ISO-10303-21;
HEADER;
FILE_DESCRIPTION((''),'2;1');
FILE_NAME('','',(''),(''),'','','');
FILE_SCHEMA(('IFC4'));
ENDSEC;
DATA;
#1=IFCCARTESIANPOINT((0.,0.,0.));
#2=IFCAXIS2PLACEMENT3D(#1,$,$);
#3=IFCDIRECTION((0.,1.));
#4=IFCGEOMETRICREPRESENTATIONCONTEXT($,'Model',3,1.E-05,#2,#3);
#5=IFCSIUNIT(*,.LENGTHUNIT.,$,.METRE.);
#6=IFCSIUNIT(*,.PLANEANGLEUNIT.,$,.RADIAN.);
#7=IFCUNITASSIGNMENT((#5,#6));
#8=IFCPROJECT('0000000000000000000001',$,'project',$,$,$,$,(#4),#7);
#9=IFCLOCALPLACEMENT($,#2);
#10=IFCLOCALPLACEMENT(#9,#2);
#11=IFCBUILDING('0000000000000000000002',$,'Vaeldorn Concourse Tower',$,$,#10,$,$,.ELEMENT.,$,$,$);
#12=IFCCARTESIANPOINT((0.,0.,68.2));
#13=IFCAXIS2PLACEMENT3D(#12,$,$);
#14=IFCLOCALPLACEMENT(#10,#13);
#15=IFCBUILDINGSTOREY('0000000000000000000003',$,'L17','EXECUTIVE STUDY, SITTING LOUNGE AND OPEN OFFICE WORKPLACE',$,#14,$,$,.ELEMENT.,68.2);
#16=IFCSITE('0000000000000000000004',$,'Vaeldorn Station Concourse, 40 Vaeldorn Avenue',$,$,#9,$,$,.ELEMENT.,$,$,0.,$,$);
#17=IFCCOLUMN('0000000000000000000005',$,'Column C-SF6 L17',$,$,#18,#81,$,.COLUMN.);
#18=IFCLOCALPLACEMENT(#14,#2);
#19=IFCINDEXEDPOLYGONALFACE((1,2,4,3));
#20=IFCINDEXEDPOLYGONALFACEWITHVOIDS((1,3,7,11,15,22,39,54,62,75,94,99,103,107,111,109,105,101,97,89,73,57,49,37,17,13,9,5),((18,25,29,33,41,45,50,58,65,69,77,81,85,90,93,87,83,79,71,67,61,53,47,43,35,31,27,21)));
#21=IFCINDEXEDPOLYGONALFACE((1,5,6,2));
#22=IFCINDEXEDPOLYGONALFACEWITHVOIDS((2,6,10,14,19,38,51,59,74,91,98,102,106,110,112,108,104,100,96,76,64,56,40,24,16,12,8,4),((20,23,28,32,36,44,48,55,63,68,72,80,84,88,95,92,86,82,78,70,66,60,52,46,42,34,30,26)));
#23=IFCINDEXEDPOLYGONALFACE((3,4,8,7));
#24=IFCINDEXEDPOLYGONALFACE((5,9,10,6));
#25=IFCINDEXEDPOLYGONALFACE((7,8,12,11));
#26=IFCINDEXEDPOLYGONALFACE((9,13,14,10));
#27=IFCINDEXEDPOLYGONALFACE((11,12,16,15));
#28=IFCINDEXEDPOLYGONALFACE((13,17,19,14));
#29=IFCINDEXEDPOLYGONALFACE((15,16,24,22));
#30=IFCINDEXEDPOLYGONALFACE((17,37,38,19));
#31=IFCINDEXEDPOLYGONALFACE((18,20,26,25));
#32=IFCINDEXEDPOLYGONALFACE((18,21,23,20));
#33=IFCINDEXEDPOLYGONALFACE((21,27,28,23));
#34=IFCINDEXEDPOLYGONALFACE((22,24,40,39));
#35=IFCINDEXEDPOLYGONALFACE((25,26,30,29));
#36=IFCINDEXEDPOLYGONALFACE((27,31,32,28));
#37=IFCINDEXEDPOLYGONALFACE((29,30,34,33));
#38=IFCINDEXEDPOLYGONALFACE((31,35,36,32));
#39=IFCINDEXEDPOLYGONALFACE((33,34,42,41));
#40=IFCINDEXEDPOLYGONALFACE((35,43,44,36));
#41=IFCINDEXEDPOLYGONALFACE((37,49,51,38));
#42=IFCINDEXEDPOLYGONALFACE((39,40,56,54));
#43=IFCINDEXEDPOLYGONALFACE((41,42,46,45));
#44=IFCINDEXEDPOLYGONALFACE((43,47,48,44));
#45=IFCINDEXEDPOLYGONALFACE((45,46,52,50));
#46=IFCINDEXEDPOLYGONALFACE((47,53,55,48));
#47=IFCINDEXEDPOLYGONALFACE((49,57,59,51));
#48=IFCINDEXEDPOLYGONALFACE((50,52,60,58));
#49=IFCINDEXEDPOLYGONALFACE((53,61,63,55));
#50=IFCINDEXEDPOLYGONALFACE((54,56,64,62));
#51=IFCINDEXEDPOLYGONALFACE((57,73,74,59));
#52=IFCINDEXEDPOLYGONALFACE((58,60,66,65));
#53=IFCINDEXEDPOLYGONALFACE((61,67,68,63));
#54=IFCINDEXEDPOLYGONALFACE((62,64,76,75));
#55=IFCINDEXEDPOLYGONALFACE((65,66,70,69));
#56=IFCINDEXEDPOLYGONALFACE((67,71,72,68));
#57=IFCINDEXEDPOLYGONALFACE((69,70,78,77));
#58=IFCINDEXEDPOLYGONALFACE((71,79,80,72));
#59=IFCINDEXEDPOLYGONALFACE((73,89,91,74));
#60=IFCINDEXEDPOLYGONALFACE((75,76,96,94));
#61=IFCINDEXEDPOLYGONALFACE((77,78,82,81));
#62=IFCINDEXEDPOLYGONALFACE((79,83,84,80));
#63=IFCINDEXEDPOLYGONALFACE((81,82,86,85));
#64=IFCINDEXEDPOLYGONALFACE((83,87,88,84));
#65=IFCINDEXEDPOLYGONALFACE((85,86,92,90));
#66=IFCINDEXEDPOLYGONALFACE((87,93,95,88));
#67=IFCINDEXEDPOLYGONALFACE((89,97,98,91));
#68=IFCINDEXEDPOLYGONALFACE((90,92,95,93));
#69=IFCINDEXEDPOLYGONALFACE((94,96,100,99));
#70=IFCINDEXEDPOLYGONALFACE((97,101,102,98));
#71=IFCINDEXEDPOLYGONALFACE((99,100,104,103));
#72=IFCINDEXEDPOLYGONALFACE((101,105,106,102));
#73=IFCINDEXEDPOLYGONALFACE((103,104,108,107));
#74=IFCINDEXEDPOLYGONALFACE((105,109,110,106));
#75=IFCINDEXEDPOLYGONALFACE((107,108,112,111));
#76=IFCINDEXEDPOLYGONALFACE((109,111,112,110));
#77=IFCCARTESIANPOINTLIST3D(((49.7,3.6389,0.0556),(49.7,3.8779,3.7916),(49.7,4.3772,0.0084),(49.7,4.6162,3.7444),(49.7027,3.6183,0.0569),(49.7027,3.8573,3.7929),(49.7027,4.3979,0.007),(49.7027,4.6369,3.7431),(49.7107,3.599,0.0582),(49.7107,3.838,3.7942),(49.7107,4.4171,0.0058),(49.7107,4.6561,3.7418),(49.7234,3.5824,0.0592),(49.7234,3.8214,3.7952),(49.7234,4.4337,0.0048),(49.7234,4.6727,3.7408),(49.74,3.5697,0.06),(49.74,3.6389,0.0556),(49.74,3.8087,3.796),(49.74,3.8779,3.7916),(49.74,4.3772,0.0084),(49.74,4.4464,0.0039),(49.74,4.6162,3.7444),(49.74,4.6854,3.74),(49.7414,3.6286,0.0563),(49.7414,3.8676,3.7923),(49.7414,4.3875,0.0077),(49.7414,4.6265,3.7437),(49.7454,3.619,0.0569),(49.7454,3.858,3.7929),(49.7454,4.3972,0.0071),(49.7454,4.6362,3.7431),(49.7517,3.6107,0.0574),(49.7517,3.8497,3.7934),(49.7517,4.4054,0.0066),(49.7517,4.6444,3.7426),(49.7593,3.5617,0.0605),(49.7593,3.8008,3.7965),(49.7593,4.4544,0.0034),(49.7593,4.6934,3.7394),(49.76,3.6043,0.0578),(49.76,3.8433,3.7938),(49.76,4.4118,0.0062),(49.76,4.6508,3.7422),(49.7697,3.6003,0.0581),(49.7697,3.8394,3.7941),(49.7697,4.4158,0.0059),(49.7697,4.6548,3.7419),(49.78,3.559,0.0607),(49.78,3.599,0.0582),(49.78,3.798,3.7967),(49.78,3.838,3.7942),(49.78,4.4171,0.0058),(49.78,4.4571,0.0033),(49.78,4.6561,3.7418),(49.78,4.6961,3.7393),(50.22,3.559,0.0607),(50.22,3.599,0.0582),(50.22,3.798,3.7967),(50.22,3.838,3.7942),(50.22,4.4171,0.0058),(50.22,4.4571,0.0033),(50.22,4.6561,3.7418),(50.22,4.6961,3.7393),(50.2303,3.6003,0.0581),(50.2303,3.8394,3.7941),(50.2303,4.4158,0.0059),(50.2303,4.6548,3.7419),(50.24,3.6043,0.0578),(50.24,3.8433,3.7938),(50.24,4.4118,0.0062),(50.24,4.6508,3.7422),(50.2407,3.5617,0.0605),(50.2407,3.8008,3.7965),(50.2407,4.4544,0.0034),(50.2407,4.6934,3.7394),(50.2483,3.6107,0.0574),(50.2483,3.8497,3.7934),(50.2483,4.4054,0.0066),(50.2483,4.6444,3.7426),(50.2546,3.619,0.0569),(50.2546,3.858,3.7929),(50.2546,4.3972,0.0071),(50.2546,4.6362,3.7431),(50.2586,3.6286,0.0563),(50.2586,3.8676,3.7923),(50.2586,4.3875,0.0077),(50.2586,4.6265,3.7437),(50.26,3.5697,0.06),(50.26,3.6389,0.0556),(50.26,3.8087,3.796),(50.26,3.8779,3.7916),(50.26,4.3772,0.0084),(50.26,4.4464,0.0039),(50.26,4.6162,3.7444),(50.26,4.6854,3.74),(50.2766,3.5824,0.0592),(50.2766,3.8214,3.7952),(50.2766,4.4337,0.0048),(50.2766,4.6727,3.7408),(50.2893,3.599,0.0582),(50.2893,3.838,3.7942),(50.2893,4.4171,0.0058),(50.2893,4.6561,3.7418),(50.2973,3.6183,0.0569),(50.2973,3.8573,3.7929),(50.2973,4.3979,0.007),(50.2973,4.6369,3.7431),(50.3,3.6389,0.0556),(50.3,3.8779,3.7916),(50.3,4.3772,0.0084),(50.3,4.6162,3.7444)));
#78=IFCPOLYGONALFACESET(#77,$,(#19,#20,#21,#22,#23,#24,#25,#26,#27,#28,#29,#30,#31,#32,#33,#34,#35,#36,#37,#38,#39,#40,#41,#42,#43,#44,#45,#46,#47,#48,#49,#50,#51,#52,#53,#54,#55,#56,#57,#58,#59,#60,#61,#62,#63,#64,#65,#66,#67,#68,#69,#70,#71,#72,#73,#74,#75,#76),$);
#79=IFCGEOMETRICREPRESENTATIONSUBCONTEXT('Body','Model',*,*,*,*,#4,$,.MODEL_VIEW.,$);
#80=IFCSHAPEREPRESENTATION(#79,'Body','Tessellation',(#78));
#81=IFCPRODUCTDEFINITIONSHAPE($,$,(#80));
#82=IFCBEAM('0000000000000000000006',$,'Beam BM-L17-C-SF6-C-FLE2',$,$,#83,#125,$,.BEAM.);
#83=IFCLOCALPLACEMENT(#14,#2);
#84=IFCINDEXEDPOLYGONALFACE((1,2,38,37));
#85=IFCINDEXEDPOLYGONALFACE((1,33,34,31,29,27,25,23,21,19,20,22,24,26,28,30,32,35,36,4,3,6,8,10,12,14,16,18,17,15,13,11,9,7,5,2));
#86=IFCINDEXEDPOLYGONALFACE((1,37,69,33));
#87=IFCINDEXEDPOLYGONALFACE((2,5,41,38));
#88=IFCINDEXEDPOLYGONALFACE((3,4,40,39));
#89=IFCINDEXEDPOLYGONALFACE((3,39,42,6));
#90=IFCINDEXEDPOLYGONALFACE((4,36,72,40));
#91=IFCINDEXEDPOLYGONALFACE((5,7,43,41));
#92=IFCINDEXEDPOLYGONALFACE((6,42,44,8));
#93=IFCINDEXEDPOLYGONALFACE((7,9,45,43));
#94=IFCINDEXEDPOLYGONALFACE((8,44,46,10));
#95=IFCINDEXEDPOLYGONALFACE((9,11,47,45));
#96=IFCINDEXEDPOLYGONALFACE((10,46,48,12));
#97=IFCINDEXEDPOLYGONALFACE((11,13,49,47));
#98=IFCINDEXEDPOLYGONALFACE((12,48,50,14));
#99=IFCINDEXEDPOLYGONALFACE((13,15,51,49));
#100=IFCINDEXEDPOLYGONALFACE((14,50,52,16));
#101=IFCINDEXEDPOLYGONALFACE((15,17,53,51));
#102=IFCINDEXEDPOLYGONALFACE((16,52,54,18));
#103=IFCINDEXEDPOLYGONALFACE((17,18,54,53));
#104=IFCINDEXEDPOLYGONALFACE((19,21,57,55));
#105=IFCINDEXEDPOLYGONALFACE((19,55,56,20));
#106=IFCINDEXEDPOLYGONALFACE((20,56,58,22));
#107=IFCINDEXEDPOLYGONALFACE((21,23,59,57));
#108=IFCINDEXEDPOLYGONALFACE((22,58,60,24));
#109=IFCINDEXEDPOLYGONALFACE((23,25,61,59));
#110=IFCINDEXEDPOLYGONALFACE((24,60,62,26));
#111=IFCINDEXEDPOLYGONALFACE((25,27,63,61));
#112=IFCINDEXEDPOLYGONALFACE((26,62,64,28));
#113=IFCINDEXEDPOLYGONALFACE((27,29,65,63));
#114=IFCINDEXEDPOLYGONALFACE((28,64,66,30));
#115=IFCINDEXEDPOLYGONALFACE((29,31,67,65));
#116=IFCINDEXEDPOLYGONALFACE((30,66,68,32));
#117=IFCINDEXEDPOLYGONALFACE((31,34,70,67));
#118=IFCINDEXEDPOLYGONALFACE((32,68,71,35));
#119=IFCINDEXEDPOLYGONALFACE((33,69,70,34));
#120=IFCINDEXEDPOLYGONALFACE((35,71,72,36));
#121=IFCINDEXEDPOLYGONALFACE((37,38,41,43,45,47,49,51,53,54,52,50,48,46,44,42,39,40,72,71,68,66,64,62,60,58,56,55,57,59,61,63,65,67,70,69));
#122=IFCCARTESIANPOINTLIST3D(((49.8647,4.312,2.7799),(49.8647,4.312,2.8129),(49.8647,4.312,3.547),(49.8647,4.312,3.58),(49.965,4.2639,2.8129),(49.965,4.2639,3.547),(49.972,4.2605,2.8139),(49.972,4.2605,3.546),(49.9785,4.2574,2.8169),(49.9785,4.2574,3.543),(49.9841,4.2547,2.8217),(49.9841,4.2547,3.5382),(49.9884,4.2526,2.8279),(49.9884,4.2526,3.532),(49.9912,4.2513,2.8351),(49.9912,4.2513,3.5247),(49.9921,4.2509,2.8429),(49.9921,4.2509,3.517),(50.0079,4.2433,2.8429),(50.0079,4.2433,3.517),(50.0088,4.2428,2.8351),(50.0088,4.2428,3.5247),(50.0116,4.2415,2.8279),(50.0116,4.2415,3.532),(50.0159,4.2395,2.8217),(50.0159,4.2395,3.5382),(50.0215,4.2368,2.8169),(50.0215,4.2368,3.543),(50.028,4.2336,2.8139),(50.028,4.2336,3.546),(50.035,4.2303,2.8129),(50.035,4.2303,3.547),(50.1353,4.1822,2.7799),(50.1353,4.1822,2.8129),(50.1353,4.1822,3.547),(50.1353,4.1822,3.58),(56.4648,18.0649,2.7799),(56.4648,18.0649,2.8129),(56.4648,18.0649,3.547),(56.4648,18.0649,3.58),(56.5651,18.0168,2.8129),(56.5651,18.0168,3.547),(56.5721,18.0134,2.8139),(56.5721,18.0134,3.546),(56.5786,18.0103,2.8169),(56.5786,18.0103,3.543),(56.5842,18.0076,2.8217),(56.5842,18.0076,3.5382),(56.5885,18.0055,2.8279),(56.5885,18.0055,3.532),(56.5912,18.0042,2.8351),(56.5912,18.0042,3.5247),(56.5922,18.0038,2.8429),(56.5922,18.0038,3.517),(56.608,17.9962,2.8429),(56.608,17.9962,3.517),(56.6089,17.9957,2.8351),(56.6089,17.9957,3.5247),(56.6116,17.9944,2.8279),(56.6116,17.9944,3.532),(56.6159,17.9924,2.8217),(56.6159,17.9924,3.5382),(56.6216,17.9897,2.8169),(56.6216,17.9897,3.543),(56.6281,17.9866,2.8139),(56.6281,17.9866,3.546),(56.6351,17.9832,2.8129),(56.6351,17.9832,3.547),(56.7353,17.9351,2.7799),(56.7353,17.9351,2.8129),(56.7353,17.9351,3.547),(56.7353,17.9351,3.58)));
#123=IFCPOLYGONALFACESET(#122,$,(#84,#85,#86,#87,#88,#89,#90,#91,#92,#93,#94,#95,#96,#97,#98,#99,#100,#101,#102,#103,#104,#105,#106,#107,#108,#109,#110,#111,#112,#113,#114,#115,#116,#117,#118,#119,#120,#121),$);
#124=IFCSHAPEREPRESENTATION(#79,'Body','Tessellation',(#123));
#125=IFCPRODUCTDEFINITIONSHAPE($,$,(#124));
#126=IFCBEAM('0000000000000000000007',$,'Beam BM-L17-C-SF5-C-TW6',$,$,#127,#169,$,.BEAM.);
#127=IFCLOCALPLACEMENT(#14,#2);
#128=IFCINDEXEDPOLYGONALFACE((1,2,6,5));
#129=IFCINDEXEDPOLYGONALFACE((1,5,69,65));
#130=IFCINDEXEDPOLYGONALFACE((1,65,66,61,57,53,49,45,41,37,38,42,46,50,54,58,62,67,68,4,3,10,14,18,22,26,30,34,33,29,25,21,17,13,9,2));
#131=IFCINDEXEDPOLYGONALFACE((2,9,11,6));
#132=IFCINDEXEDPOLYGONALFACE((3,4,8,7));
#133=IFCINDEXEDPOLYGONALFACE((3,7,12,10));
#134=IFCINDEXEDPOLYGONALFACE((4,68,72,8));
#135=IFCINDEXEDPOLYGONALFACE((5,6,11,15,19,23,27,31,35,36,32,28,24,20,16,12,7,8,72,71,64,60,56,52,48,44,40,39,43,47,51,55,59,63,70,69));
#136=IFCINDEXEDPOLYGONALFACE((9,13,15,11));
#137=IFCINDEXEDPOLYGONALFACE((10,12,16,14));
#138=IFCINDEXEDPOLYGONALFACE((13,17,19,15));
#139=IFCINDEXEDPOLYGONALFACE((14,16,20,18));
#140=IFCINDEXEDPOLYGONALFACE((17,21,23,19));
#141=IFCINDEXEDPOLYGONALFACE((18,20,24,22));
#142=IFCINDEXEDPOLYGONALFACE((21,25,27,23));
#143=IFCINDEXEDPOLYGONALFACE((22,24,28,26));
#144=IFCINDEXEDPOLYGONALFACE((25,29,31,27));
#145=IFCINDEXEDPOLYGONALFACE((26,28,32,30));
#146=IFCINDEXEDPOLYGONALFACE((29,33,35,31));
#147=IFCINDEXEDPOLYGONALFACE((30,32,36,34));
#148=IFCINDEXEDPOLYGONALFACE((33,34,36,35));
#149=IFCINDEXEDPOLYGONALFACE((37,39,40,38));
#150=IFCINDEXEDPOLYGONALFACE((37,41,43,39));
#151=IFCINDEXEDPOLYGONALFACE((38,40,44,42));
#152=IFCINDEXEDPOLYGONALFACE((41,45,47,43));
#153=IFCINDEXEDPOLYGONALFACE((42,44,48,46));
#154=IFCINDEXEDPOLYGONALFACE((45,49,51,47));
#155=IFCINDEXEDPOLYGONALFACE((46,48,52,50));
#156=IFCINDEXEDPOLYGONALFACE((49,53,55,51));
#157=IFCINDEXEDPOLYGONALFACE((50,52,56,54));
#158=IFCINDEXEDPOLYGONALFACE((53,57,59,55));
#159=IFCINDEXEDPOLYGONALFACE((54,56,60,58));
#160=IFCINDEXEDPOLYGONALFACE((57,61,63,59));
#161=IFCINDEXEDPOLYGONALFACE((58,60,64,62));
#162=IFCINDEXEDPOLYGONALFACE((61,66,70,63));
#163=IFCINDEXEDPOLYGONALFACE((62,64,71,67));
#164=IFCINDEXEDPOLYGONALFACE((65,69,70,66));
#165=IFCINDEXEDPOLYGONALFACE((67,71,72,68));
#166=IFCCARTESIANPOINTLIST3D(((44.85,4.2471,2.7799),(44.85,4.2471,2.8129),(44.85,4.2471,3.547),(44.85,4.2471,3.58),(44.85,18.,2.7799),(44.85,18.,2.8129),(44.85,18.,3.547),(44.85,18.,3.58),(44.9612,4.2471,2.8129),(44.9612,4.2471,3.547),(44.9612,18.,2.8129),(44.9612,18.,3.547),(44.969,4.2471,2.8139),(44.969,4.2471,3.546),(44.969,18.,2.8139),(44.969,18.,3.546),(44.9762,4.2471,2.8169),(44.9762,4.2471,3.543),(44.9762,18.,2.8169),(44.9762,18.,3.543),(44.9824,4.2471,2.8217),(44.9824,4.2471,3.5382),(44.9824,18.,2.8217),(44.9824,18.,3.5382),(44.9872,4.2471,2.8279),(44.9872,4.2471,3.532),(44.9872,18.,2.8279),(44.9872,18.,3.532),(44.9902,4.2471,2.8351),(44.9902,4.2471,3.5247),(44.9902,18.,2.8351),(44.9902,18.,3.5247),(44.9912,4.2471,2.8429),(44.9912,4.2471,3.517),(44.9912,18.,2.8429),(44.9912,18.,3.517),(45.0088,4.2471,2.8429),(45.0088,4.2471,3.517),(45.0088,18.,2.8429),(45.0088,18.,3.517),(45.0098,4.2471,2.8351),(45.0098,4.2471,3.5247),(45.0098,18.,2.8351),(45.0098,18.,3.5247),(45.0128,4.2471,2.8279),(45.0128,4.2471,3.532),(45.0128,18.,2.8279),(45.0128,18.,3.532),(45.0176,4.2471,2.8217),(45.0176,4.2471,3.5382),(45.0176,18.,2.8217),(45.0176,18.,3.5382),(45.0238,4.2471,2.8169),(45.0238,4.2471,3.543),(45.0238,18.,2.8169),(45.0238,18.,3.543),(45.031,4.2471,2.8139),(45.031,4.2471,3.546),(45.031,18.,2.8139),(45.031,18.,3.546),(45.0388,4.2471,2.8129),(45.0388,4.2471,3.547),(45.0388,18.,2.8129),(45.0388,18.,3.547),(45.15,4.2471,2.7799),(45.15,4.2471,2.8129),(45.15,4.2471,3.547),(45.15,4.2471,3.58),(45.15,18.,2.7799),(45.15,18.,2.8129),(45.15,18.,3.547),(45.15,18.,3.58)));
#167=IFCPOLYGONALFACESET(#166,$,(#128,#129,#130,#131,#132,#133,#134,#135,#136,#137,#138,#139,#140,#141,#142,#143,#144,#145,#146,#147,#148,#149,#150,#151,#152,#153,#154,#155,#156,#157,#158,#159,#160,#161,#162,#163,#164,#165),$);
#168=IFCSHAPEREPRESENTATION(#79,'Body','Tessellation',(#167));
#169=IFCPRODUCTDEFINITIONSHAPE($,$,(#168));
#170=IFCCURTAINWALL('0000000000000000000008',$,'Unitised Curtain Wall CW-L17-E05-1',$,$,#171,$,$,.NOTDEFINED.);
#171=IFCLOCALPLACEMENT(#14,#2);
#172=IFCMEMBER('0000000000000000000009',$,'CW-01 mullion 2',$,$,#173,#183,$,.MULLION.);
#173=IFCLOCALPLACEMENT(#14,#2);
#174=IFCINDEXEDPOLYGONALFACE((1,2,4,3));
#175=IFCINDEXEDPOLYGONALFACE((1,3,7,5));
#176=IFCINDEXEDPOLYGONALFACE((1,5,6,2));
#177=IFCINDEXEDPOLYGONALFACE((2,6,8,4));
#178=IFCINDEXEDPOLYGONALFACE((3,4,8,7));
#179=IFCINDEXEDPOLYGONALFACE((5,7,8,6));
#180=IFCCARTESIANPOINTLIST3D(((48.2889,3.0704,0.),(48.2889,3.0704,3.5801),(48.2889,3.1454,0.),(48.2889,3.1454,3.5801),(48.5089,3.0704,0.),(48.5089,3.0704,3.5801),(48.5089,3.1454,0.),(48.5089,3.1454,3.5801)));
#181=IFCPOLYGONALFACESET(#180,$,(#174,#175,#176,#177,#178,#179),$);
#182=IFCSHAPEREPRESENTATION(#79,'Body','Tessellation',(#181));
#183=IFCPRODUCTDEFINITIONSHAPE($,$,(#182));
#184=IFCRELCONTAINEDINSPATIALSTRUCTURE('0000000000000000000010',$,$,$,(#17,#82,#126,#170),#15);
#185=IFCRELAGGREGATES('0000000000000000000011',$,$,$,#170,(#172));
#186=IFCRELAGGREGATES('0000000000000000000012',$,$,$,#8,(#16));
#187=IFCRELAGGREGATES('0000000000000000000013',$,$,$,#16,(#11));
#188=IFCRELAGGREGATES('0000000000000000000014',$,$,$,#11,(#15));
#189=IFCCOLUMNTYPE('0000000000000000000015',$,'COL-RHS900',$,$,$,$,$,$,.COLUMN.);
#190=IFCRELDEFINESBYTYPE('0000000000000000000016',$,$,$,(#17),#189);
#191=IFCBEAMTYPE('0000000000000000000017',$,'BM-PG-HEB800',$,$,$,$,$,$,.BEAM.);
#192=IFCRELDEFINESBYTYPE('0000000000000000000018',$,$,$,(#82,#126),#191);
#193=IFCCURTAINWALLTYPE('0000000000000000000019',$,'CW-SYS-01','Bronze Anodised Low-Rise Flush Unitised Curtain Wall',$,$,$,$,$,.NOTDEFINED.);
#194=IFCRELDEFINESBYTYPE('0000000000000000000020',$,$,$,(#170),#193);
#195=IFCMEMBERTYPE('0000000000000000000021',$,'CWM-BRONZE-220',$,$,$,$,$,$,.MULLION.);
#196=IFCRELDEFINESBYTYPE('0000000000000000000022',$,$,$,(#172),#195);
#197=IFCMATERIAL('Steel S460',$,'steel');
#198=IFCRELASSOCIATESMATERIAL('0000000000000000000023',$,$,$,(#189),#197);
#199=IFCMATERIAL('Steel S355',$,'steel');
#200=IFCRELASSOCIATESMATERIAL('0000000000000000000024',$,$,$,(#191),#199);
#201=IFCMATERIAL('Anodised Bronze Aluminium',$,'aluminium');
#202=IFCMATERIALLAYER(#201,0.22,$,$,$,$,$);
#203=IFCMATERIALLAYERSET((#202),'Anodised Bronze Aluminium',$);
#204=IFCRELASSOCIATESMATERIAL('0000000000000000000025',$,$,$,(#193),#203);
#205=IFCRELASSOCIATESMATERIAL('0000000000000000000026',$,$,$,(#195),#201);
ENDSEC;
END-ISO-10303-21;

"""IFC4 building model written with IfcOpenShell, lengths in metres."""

from ifc_helpers import new_model, si_unit, direction, frame, origin, origin_2d, place, context, subcontext, project, spatial, rectangle, hollow_rectangle, i_section, extrude, source, transform, mapped, material, layer, layer_set, material_profile, profile_set, type_object, element, aggregate, save


model = new_model("IFC4")

# Units and contexts
model_context = context("Model", 3, precision=1e-05, world=origin(), true_north=direction((0.0, 1.0)))
body_context = subcontext(model_context, "Body", "Model", "MODEL_VIEW")
ifc_project = project(units=[si_unit("LENGTHUNIT", "METRE"), si_unit("PLANEANGLEUNIT", "RADIAN")], contexts=[model_context])

# Site, building, storey
site_placement = place(None, origin())
site = spatial("IfcSite", under=ifc_project, at=site_placement, Name="Vaeldorn Station Concourse, 40 Vaeldorn Avenue", CompositionType="ELEMENT", RefElevation=0.0)
building_placement = place(site_placement, origin())
building = spatial("IfcBuilding", under=site, at=building_placement, Name="Vaeldorn Concourse Tower", CompositionType="ELEMENT")
storey_placement = place(building_placement, frame((0.0, 0.0, 68.2)))
storey = spatial("IfcBuildingStorey", under=building, at=storey_placement, Name="L17", Description="EXECUTIVE STUDY, SITTING LOUNGE AND OPEN OFFICE WORKPLACE", CompositionType="ELEMENT", Elevation=68.2)

# Column
ifc_material_1 = material(Name="Steel S460", Category="steel")
ifc_material_profile_1 = material_profile(ifc_material_1, hollow_rectangle(XDim=0.6001, YDim=0.8999, WallThickness=0.04, InnerFilletRadius=0.04, OuterFilletRadius=0.0801, at=origin_2d()), Name="RHS 900x600x40")
ifc_profile_set_1 = profile_set([ifc_material_profile_1], Name="Steel S460")
column_type = type_object("IfcColumnType", Name="COL-RHS900", PredefinedType="COLUMN", material=ifc_profile_set_1)
shared_shape_1 = source(origin(), body_context, "Body", "SweptSolid", [
    extrude(hollow_rectangle(XDim=0.6001, YDim=0.8999, WallThickness=0.04, InnerFilletRadius=0.04, OuterFilletRadius=0.0801, at=origin_2d()), origin(), (0.0, 0.0, 1.0), 3.7437),
])
column_placement = place(storey_placement, frame((50.0, 4.0081, 0.032), z_axis=(0.0, 0.063844, 0.99796), x_axis=(-1.0, 0.0, 0.0)))
element("IfcColumn", 1, at=column_placement, inside=storey, type_object=column_type, Name="Column C-SF6 L17", PredefinedType="COLUMN", context=body_context, shape_type="MappedRepresentation", body=[
    mapped(shared_shape_1, transform((0.0, 0.0, 0.0), scale=1.0)),
])

# Beams
ifc_material_2 = material(Name="Steel S355", Category="steel")
ifc_material_profile_2 = material_profile(ifc_material_2, i_section(OverallWidth=0.3, OverallDepth=0.8, WebThickness=0.0176, FlangeThickness=0.033, FilletRadius=0.03, at=origin_2d()), Name="HEB 800")
ifc_profile_set_2 = profile_set([ifc_material_profile_2], Name="Steel S355")
beam_type = type_object("IfcBeamType", Name="BM-PG-HEB800", PredefinedType="BEAM", material=ifc_profile_set_2)
shared_shape_2 = source(origin(), body_context, "Body", "SweptSolid", [
    extrude(i_section(OverallWidth=0.3, OverallDepth=0.8, WebThickness=0.0176, FlangeThickness=0.033, FilletRadius=0.03, at=origin_2d()), origin(), (0.0, 0.0, 1.0), 15.2546),
])
beam_1_placement = place(storey_placement, frame((50.0, 4.2471, 3.1799), z_axis=(0.432661, 0.901557, 0.0), x_axis=(-0.901557, 0.432661, 0.0)))
element("IfcBeam", 2, at=beam_1_placement, inside=storey, type_object=beam_type, Name="Beam BM-L17-C-SF6-C-FLE2", PredefinedType="BEAM", context=body_context, shape_type="MappedRepresentation", body=[
    mapped(shared_shape_2, transform((0.0, 0.0, 0.0), scale=1.0)),
])
shared_shape_3 = source(origin(), body_context, "Body", "SweptSolid", [
    extrude(i_section(OverallWidth=0.3, OverallDepth=0.8, WebThickness=0.0176, FlangeThickness=0.033, FilletRadius=0.03, at=origin_2d()), origin(), (0.0, 0.0, 1.0), 13.7529),
])
beam_2_placement = place(storey_placement, frame((45.0, 4.2471, 3.1799), z_axis=(0.0, 1.0, 0.0), x_axis=(-1.0, 0.0, 0.0)))
element("IfcBeam", 3, at=beam_2_placement, inside=storey, type_object=beam_type, Name="Beam BM-L17-C-SF5-C-TW6", PredefinedType="BEAM", context=body_context, shape_type="MappedRepresentation", body=[
    mapped(shared_shape_3, transform((0.0, 0.0, 0.0), scale=1.0)),
])

# Curtain wall, member
ifc_material_3 = material(Name="Anodised Bronze Aluminium", Category="aluminium")
ifc_layer_1 = layer(ifc_material_3, 0.22)
ifc_layer_set_1 = layer_set([ifc_layer_1], Name="Anodised Bronze Aluminium")
curtain_wall_type = type_object("IfcCurtainWallType", Name="CW-SYS-01", Description="Bronze Anodised Low-Rise Flush Unitised Curtain Wall", PredefinedType="NOTDEFINED", material=ifc_layer_set_1)
curtain_wall_1_placement = place(storey_placement, origin())
curtain_wall_1 = element("IfcCurtainWall", 4, at=curtain_wall_1_placement, inside=storey, type_object=curtain_wall_type, Name="Unitised Curtain Wall CW-L17-E05-1", PredefinedType="NOTDEFINED")
ifc_material_profile_3 = material_profile(ifc_material_3, rectangle(XDim=0.075, YDim=0.22, at=origin_2d()), Name="CWM 75x220")
ifc_profile_set_3 = profile_set([ifc_material_profile_3], Name="Anodised Bronze Aluminium")
member_type_1 = type_object("IfcMemberType", Name="CWM-BRONZE-220", PredefinedType="MULLION", material=ifc_profile_set_3)
shared_shape_4 = source(origin(), body_context, "Body", "SweptSolid", [
    extrude(rectangle(XDim=0.075, YDim=0.22, at=origin_2d()), origin(), (0.0, 0.0, 1.0), 3.5801),
])
member_1_placement = place(storey_placement, frame((48.3989, 3.1079, 0.0), z_axis=(0.0, 0.0, 1.0), x_axis=(0.0, 1.0, 0.0)))
member_1 = element("IfcMember", 5, at=member_1_placement, type_object=member_type_1, Name="CW-01 mullion 2", PredefinedType="MULLION", context=body_context, shape_type="MappedRepresentation", body=[
    mapped(shared_shape_4, transform((0.0, 0.0, 0.0), scale=1.0)),
])

aggregate(curtain_wall_1, [member_1])

save(model, "model.ifc")
